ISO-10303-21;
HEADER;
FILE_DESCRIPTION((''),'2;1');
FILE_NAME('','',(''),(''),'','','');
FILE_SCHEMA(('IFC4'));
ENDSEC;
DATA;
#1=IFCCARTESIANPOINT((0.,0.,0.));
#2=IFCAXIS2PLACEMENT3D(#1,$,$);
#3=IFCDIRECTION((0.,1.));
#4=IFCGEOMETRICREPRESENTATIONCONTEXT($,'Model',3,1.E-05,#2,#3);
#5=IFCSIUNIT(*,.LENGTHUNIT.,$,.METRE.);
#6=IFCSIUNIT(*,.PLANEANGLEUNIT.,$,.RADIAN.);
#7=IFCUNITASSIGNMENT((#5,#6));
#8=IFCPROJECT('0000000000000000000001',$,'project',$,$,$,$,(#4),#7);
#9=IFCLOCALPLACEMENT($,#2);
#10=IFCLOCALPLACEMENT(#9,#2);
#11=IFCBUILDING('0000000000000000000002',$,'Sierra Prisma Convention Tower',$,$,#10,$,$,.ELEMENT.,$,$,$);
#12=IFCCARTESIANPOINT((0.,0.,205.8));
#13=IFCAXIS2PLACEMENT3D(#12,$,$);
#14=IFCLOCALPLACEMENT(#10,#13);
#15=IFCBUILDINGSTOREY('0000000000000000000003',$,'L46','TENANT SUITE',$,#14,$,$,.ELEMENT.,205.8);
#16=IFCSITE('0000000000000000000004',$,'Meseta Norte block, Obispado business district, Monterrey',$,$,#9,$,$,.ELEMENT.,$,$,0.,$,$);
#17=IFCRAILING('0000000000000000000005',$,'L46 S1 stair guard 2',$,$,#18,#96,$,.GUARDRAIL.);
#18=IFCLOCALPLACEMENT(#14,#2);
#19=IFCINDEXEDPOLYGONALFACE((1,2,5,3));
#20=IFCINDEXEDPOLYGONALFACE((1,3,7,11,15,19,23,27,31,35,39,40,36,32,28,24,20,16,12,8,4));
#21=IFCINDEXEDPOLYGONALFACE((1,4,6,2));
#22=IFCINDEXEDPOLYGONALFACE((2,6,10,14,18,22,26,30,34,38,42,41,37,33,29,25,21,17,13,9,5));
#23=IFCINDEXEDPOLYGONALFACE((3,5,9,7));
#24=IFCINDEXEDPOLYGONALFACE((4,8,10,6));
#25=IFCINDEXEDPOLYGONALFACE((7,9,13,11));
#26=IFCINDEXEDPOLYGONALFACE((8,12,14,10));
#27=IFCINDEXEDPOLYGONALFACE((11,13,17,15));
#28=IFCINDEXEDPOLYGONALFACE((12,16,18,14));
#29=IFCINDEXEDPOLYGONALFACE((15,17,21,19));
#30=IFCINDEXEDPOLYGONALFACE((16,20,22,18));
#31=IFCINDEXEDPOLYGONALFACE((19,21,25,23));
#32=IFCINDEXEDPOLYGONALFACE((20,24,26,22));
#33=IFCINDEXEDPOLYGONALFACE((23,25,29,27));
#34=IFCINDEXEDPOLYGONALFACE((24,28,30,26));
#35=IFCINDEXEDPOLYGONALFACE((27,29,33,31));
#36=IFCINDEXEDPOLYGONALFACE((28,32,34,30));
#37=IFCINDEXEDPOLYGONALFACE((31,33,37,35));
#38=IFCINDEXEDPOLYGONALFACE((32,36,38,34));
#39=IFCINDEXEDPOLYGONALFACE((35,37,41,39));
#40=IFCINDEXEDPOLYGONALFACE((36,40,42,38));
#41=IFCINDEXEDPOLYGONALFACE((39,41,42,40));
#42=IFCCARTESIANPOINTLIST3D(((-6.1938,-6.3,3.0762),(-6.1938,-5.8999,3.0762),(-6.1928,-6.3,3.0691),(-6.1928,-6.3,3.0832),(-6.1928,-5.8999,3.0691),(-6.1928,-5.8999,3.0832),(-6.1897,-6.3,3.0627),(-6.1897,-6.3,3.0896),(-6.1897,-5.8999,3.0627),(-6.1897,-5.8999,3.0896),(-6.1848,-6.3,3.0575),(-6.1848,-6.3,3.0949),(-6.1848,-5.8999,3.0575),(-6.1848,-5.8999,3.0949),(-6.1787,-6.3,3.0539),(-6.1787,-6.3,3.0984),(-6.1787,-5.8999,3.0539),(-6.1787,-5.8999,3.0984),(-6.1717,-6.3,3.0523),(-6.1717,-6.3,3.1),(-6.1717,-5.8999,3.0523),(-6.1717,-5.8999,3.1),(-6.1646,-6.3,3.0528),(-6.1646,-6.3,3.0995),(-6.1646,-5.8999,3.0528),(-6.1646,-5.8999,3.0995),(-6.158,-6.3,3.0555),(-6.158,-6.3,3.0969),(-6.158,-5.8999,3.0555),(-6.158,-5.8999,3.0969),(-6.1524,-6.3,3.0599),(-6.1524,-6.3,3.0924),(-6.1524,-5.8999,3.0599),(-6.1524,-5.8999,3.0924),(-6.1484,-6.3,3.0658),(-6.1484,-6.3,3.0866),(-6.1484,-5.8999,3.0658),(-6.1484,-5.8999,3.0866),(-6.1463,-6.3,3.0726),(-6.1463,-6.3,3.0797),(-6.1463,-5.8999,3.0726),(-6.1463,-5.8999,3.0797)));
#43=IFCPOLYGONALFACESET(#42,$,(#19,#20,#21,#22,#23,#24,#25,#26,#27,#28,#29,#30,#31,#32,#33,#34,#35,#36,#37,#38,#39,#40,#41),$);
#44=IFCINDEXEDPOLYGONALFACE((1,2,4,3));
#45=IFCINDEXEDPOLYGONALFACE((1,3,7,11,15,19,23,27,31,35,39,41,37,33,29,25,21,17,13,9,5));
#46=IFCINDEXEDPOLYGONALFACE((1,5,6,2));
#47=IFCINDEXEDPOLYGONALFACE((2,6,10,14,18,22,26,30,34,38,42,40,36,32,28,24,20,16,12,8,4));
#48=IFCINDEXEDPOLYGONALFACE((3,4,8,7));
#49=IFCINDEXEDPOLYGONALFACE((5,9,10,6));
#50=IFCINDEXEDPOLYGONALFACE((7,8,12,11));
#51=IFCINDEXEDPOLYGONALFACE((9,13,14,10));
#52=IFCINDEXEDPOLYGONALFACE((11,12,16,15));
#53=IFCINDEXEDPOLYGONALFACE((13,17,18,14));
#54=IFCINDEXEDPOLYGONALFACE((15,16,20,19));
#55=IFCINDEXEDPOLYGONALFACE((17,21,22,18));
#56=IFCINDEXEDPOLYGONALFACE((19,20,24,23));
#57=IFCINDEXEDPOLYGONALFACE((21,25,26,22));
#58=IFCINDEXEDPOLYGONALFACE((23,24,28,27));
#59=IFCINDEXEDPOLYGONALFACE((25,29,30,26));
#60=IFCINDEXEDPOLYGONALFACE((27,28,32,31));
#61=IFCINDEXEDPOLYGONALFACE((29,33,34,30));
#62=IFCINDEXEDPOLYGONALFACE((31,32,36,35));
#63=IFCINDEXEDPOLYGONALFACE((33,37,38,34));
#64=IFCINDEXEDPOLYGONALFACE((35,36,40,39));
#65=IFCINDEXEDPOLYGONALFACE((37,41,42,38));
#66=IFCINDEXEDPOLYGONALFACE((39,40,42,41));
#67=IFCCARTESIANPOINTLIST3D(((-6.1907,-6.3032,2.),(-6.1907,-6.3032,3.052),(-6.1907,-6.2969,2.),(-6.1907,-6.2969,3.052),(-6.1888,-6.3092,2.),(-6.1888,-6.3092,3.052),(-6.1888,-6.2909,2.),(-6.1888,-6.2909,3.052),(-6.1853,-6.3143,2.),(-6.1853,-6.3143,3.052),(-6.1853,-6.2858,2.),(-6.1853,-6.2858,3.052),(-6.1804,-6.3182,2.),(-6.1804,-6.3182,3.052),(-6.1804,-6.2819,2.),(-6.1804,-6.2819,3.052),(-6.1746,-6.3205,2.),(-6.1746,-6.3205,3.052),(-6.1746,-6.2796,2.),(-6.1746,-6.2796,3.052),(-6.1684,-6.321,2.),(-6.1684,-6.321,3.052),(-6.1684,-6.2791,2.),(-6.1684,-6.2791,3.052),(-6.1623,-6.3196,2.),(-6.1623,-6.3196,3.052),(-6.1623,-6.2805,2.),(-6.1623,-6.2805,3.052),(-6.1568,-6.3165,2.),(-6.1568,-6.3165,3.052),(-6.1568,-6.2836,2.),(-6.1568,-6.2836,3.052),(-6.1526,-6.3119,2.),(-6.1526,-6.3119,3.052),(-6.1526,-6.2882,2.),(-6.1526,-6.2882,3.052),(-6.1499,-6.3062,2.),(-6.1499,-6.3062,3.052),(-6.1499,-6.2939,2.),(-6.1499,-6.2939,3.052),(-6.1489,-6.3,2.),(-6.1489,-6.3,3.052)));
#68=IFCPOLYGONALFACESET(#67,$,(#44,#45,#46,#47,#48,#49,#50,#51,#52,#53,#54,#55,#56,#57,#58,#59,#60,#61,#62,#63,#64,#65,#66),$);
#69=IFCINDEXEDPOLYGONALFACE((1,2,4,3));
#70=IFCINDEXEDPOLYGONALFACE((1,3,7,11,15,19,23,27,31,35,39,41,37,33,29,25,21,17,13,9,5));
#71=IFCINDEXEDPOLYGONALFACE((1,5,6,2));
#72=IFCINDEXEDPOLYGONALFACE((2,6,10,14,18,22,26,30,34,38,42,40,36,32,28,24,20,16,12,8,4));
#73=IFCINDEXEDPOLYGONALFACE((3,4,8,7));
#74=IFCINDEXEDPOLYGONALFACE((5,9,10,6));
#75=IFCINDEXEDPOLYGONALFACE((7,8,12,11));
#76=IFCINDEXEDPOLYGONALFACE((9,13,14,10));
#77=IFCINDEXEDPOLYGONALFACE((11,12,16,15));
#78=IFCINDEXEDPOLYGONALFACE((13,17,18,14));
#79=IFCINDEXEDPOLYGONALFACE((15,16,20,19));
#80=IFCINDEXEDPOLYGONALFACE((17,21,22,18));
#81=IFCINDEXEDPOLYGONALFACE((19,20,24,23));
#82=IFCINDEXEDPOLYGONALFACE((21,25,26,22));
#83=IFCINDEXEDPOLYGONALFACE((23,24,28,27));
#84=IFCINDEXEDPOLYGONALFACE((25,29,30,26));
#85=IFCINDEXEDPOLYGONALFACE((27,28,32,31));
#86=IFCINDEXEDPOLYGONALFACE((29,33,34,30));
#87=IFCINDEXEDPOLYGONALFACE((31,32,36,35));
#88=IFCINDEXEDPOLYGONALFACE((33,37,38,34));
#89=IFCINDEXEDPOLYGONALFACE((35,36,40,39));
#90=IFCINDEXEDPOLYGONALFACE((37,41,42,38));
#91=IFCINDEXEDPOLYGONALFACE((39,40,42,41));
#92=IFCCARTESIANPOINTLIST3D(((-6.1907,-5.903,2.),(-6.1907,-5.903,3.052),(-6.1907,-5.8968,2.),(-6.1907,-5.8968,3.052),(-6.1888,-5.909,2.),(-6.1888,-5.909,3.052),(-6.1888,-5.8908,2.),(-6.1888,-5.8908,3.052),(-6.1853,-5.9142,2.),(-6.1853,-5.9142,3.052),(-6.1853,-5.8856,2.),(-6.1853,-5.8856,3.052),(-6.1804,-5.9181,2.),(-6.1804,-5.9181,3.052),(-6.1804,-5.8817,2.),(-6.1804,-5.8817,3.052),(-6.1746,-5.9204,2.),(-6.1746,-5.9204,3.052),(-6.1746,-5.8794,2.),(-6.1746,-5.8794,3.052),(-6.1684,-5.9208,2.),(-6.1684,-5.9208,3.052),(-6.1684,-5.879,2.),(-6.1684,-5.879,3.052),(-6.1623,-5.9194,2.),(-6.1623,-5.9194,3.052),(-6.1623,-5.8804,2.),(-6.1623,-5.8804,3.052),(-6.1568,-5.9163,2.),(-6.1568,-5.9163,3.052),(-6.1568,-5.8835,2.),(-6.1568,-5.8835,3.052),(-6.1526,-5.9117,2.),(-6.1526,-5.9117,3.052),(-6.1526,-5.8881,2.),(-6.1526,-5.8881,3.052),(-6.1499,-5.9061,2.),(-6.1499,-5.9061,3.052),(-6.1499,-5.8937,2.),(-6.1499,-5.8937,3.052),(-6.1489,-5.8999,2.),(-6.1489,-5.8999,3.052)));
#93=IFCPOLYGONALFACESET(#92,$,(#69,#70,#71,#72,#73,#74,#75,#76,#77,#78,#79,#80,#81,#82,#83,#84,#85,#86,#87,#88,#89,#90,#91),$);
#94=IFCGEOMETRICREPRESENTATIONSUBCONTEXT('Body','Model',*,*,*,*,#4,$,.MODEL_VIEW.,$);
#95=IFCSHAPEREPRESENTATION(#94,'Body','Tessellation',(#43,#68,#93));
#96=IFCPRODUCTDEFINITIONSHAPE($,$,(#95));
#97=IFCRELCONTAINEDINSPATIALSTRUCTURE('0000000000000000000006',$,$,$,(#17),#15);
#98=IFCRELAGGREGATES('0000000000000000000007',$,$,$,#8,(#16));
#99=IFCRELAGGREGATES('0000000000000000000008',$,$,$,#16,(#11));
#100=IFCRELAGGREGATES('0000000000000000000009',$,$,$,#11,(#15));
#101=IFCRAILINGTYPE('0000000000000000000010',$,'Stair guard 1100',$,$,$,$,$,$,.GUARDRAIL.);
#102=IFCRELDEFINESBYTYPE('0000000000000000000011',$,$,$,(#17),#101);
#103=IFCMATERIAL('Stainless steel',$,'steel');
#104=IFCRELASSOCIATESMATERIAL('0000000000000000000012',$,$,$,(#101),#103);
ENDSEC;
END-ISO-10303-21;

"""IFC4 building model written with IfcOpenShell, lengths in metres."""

from ifc_helpers import new_model, si_unit, direction, frame, origin, origin_2d, place, context, subcontext, project, spatial, circle, extrude, material, type_object, element, save


model = new_model("IFC4")

# Units and contexts
model_context = context("Model", 3, precision=1e-05, world=origin(), true_north=direction((0.0, 1.0)))
body_context = subcontext(model_context, "Body", "Model", "MODEL_VIEW")
ifc_project = project(units=[si_unit("LENGTHUNIT", "METRE"), si_unit("PLANEANGLEUNIT", "RADIAN")], contexts=[model_context])

# Site, building, storey
site_placement = place(None, origin())
site = spatial("IfcSite", under=ifc_project, at=site_placement, Name="Meseta Norte block, Obispado business district, Monterrey", CompositionType="ELEMENT", RefElevation=0.0)
building_placement = place(site_placement, origin())
building = spatial("IfcBuilding", under=site, at=building_placement, Name="Sierra Prisma Convention Tower", CompositionType="ELEMENT")
storey_placement = place(building_placement, frame((0.0, 0.0, 205.8)))
storey = spatial("IfcBuildingStorey", under=building, at=storey_placement, Name="L46", Description="TENANT SUITE", CompositionType="ELEMENT", Elevation=205.8)

# Railing
ifc_material_1 = material(Name="Stainless steel", Category="steel")
railing_type_1 = type_object("IfcRailingType", Name="Stair guard 1100", PredefinedType="GUARDRAIL", material=ifc_material_1)
railing_1_placement = place(storey_placement, frame((-6.1699, -6.3, 2.0)))
element("IfcRailing", 1, at=railing_1_placement, inside=storey, type_object=railing_type_1, Name="L46 S1 stair guard 2", PredefinedType="GUARDRAIL", context=body_context, shape_type="SweptSolid", body=[
    extrude(circle(Radius=0.0239, at=origin_2d()), frame((0.0, 0.0, 1.0762), z_axis=(0.0, 1.0, 0.0), x_axis=(-1.0, 0.0, 0.0)), (0.0, 0.0, 1.0), 0.4001),
    extrude(circle(Radius=0.021, at=origin_2d()), origin(), (0.0, 0.0, 1.0), 1.052),
    extrude(circle(Radius=0.021, at=origin_2d()), frame((0.0, 0.4001, 0.0)), (0.0, 0.0, 1.0), 1.052),
])

save(model, "model.ifc")
